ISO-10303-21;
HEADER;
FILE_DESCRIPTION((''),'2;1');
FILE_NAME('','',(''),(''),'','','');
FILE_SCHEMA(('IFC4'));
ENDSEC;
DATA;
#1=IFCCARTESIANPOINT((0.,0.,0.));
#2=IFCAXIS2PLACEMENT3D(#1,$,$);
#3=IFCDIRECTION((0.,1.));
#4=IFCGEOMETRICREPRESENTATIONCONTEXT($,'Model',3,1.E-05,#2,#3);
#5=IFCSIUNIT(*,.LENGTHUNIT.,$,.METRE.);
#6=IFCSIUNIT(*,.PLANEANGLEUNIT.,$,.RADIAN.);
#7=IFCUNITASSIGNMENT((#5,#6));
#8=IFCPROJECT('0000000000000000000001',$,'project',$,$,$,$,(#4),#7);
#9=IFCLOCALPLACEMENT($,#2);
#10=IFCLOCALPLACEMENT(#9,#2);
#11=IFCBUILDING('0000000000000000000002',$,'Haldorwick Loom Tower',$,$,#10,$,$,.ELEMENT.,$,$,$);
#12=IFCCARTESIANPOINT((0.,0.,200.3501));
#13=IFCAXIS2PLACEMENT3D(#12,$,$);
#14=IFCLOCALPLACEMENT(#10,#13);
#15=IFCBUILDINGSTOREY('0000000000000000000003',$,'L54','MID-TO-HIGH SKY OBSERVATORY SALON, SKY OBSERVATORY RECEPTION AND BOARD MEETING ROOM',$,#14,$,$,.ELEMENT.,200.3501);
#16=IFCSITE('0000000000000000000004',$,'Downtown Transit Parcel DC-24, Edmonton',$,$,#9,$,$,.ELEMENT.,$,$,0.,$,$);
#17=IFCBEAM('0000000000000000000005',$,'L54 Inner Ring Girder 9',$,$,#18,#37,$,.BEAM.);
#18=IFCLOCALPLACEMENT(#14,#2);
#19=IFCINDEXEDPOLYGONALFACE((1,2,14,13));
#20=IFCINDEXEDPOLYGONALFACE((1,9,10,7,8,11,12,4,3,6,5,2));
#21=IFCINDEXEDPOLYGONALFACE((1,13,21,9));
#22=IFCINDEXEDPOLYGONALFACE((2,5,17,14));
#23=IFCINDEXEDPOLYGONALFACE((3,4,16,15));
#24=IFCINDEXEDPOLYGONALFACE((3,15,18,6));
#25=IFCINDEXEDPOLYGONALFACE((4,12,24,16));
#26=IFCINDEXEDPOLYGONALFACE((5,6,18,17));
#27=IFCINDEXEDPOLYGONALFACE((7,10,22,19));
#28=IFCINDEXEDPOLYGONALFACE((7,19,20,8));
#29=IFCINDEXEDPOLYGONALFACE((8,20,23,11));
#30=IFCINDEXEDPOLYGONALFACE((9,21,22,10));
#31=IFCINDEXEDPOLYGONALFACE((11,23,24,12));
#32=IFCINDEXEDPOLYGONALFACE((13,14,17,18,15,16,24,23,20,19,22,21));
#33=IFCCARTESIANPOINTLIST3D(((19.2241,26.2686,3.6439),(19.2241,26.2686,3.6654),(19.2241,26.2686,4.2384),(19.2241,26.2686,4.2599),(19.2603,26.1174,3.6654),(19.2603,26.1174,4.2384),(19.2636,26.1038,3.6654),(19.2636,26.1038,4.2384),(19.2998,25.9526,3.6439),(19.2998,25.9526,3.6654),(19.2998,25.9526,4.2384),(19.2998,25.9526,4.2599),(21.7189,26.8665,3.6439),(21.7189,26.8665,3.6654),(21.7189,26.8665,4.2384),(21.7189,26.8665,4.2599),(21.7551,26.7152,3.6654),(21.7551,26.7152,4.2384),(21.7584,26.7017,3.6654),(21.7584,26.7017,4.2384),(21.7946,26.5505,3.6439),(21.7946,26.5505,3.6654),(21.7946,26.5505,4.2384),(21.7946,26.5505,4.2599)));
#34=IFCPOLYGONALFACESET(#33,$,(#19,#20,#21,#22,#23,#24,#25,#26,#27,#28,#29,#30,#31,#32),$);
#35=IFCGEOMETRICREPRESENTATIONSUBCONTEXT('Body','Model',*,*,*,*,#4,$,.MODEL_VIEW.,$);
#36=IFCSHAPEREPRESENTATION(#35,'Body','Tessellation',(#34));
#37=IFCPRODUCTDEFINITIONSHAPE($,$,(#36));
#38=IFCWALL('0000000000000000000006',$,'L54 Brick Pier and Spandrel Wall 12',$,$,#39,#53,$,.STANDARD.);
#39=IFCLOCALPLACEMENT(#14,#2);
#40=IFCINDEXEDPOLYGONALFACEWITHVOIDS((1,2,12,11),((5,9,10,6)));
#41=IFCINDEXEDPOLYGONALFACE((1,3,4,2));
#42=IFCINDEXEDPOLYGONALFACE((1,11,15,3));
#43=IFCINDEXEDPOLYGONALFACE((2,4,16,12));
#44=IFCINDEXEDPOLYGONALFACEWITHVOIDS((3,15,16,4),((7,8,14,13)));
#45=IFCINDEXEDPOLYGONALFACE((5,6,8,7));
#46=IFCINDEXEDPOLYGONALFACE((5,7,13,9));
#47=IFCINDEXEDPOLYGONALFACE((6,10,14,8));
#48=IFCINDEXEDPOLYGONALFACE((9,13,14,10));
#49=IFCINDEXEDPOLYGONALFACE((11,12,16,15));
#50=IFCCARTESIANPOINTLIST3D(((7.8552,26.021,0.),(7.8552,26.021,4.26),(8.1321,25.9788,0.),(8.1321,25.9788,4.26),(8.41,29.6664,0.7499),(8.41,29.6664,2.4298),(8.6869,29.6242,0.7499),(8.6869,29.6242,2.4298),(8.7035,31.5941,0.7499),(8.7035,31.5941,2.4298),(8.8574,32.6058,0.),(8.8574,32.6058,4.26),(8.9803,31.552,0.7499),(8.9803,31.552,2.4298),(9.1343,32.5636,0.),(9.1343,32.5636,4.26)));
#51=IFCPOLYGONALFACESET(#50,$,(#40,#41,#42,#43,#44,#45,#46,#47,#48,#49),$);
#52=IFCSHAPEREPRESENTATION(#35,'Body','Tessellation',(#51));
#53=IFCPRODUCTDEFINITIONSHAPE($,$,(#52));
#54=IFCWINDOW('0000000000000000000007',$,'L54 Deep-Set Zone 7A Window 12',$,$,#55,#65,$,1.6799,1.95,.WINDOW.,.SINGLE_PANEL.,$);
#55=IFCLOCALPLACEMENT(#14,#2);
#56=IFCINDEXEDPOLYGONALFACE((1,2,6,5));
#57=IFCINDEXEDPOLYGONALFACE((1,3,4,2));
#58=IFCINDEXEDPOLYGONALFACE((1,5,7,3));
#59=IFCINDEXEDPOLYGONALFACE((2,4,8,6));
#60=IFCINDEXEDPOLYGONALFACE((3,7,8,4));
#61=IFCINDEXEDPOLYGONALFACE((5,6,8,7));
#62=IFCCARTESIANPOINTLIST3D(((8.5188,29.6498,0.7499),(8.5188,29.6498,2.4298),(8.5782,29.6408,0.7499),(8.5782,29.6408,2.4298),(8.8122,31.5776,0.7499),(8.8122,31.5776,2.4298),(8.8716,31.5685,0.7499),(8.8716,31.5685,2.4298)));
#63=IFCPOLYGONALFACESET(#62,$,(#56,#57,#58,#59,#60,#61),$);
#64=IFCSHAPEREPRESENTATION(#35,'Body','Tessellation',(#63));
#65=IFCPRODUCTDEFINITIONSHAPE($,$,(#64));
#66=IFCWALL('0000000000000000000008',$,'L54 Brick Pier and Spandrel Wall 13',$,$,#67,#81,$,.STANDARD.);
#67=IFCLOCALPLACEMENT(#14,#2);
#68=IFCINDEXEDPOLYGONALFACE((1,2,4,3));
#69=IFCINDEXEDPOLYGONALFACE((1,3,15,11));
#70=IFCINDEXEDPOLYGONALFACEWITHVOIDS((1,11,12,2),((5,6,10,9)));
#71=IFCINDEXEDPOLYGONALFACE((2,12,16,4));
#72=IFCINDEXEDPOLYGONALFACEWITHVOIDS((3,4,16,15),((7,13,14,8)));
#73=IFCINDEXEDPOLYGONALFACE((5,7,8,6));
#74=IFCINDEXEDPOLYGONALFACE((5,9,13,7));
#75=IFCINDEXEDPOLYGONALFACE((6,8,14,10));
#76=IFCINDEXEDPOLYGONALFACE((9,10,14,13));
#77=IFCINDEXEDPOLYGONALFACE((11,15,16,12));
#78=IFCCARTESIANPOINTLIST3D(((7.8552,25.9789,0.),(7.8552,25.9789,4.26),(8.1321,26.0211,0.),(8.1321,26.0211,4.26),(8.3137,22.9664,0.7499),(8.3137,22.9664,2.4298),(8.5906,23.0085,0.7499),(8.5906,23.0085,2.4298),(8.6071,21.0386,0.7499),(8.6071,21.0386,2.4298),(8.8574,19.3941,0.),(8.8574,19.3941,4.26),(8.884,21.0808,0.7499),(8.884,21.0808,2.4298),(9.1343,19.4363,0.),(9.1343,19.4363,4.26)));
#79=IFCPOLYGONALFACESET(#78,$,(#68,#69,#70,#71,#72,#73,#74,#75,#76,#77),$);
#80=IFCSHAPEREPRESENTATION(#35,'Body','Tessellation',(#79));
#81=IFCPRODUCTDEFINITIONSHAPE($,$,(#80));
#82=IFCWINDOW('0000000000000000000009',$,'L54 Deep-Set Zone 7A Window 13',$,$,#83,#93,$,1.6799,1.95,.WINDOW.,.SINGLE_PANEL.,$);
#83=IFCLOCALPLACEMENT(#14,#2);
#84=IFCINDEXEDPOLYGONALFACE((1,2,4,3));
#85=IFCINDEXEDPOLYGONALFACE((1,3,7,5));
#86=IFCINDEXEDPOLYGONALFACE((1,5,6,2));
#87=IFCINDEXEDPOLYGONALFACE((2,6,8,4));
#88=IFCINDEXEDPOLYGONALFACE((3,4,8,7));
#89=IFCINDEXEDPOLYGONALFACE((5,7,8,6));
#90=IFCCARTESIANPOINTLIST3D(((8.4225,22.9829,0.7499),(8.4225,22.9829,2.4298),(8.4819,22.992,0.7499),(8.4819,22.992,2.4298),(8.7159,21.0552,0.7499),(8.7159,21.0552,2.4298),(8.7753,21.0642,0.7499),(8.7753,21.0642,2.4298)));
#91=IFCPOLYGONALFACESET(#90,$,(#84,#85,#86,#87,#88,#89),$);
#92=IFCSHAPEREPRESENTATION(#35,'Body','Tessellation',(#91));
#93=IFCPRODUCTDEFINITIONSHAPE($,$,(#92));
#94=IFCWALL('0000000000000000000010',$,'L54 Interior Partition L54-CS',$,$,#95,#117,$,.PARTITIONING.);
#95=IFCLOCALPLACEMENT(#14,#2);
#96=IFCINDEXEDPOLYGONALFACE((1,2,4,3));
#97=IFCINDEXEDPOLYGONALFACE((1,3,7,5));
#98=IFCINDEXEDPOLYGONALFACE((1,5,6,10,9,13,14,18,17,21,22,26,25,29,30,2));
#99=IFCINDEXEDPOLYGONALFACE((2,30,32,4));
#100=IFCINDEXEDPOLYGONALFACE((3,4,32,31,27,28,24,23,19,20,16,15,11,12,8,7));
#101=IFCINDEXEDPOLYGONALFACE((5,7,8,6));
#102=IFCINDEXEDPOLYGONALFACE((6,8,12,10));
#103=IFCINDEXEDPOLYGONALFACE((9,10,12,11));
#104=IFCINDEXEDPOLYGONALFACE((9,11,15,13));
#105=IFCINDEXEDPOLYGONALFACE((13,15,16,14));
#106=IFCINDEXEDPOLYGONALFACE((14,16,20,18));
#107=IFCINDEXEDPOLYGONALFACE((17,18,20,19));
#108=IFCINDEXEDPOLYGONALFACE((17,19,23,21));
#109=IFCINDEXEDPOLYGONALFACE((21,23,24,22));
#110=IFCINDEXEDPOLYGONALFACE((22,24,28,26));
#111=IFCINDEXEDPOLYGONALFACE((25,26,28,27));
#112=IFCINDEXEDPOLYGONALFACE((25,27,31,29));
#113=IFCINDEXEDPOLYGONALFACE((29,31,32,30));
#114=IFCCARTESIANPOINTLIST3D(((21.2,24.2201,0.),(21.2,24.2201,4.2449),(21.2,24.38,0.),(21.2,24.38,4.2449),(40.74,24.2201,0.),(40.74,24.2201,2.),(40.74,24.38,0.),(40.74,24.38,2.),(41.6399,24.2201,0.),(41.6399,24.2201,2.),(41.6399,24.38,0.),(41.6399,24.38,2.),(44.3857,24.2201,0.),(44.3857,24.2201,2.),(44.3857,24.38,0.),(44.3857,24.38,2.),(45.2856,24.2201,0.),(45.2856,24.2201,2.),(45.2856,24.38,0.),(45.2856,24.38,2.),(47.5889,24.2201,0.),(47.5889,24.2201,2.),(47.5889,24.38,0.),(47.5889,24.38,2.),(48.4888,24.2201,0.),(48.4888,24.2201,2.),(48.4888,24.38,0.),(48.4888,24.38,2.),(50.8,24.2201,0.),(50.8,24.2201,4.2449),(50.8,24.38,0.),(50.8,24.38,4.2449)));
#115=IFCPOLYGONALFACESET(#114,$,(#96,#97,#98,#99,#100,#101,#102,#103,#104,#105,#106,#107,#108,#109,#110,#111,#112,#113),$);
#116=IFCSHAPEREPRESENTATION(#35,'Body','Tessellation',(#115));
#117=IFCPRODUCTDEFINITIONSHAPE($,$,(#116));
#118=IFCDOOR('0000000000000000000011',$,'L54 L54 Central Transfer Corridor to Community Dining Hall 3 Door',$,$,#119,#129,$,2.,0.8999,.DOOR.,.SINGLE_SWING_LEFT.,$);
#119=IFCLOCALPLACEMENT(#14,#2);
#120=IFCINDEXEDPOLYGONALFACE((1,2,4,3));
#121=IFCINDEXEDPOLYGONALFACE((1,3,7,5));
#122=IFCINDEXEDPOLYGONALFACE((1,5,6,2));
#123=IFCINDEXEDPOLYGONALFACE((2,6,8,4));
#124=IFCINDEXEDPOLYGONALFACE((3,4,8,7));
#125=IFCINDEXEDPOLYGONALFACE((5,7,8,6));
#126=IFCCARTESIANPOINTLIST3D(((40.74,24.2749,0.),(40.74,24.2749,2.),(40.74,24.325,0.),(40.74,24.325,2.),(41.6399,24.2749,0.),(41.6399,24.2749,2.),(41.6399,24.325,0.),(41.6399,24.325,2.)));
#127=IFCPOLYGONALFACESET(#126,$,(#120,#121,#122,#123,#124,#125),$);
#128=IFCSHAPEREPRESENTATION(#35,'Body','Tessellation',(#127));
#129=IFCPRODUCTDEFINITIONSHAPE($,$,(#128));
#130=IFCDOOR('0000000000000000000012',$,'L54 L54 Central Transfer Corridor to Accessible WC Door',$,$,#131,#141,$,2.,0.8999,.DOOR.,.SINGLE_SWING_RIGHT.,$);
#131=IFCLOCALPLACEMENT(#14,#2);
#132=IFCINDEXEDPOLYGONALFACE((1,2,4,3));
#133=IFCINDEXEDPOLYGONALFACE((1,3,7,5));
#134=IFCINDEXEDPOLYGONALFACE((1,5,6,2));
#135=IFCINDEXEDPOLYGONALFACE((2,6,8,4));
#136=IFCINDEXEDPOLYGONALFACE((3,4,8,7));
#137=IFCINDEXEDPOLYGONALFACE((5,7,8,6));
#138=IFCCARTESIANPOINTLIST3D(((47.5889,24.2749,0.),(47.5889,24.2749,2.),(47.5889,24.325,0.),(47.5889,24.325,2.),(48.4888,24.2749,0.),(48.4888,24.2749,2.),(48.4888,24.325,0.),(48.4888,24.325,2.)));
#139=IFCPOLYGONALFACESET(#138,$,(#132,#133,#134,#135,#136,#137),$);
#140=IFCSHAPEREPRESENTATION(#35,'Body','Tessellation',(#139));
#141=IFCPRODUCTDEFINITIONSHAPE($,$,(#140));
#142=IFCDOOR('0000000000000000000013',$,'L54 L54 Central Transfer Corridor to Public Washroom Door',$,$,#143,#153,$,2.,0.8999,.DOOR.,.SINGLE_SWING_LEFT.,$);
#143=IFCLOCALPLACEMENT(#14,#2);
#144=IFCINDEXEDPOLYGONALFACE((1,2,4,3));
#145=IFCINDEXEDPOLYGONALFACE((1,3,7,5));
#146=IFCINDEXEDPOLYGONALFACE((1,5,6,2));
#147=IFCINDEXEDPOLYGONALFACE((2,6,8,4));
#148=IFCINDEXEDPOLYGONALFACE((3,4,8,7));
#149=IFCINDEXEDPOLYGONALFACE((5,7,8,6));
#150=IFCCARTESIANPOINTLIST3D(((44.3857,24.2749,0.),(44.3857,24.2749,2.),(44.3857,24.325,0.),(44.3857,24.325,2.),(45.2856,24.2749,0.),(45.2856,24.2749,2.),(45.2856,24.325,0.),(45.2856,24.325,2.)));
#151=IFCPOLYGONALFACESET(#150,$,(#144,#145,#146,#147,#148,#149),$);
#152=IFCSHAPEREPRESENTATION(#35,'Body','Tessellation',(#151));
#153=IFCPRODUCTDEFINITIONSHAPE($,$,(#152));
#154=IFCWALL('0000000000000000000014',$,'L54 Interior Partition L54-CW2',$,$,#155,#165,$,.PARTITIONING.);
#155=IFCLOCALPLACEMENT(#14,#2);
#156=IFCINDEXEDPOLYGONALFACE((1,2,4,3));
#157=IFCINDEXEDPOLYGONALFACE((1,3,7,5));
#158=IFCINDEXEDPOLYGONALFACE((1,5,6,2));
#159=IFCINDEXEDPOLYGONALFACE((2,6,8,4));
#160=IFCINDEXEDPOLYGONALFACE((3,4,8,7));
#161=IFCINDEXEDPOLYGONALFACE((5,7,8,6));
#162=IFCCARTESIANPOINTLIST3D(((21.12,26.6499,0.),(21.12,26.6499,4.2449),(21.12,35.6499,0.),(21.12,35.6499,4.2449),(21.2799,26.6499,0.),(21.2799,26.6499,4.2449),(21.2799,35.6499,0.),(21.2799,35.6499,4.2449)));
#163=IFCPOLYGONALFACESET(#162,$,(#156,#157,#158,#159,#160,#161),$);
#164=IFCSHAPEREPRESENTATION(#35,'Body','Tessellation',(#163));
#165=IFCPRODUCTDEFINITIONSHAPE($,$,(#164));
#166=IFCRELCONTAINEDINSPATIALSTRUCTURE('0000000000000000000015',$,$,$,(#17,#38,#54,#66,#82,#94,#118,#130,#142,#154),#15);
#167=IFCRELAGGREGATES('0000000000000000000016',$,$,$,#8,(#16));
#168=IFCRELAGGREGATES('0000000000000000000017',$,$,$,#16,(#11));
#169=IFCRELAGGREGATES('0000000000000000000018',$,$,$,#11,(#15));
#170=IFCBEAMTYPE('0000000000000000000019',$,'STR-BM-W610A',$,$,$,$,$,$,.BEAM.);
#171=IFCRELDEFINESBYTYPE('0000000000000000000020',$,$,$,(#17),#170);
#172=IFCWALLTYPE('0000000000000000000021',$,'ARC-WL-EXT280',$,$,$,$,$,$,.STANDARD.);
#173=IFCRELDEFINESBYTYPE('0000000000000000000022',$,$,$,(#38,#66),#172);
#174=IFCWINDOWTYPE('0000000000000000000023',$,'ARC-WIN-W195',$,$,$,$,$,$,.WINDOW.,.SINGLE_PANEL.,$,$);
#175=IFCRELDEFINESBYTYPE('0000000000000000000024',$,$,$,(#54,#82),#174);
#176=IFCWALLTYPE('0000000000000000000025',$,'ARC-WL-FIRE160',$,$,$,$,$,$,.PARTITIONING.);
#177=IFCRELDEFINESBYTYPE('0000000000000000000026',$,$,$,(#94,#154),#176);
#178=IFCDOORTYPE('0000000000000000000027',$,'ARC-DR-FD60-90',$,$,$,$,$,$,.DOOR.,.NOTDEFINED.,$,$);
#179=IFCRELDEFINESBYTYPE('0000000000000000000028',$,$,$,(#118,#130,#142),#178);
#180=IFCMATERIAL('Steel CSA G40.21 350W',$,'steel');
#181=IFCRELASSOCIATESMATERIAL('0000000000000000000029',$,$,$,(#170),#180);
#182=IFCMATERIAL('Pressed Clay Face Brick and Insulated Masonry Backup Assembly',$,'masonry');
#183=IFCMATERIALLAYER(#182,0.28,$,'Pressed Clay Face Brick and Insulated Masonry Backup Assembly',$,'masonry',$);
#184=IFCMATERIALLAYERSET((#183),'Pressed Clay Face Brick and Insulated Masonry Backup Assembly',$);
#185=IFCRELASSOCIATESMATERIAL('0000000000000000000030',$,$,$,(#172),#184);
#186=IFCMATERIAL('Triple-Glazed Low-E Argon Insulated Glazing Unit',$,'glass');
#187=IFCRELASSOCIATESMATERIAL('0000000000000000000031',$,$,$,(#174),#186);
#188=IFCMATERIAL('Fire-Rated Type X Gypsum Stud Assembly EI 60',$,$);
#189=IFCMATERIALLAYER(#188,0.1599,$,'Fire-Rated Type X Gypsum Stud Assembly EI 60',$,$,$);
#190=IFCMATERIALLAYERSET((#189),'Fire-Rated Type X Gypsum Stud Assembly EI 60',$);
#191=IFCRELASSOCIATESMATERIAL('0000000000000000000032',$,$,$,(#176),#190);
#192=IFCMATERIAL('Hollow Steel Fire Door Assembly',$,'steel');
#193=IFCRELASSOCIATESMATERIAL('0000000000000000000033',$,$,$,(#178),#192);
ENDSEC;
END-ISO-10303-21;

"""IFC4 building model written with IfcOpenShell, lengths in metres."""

from ifc_helpers import new_model, si_unit, direction, frame, frame_2d, origin, origin_2d, place, context, subcontext, project, spatial, rectangle, i_section, extrude, material, layer, layer_set, material_profile, profile_set, type_object, element, fill, save


model = new_model("IFC4")

# Units and contexts
model_context = context("Model", 3, precision=1e-05, world=origin(), true_north=direction((0.0, 1.0)))
body_context = subcontext(model_context, "Body", "Model", "MODEL_VIEW")
ifc_project = project(units=[si_unit("LENGTHUNIT", "METRE"), si_unit("PLANEANGLEUNIT", "RADIAN")], contexts=[model_context])

# Site, building, storey
site_placement = place(None, origin())
site = spatial("IfcSite", under=ifc_project, at=site_placement, Name="Downtown Transit Parcel DC-24, Edmonton", CompositionType="ELEMENT", RefElevation=0.0)
building_placement = place(site_placement, origin())
building = spatial("IfcBuilding", under=site, at=building_placement, Name="Haldorwick Loom Tower", CompositionType="ELEMENT")
storey_placement = place(building_placement, frame((0.0, 0.0, 200.3501)))
storey = spatial("IfcBuildingStorey", under=building, at=storey_placement, Name="L54", Description="MID-TO-HIGH SKY OBSERVATORY SALON, SKY OBSERVATORY RECEPTION AND BOARD MEETING ROOM", CompositionType="ELEMENT", Elevation=200.3501)

# Beam
ifc_material_1 = material(Name="Steel CSA G40.21 350W", Category="steel")
ifc_material_profile_1 = material_profile(ifc_material_1, i_section(OverallWidth=0.325, OverallDepth=0.616, WebThickness=0.0139, FlangeThickness=0.0215, at=origin_2d()), Name="W610X174", Category="steel")
ifc_profile_set_1 = profile_set([ifc_material_profile_1], Name="Steel CSA G40.21 350W")
beam_type_1 = type_object("IfcBeamType", Name="STR-BM-W610A", PredefinedType="BEAM", material=ifc_profile_set_1)
beam_1_placement = place(storey_placement, frame((19.262, 26.1106, 3.9519), z_axis=(0.972464, 0.233053, 0.0), x_axis=(-0.233053, 0.972464, 0.0)))
element("IfcBeam", 1, at=beam_1_placement, inside=storey, type_object=beam_type_1, Name="L54 Inner Ring Girder 9", PredefinedType="BEAM", context=body_context, shape_type="SweptSolid", body=[
    extrude(i_section(OverallWidth=0.325, OverallDepth=0.616, WebThickness=0.0139, FlangeThickness=0.0215, at=origin_2d()), origin(), (0.0, 0.0, 1.0), 2.5654),
])

# Walls, openings, windows
ifc_material_2 = material(Name="Pressed Clay Face Brick and Insulated Masonry Backup Assembly", Category="masonry")
ifc_layer_1 = layer(ifc_material_2, 0.28, Name="Pressed Clay Face Brick and Insulated Masonry Backup Assembly", Category="masonry")
ifc_layer_set_1 = layer_set([ifc_layer_1], Name="Pressed Clay Face Brick and Insulated Masonry Backup Assembly")
wall_type_1 = type_object("IfcWallType", Name="ARC-WL-EXT280", PredefinedType="STANDARD", material=ifc_layer_set_1)
wall_1_placement = place(storey_placement, frame((8.9958, 32.5847, 0.0), z_axis=(0.0, 0.0, 1.0), x_axis=(-0.150468, -0.988615, 0.0)))
wall_1 = element("IfcWall", 2, at=wall_1_placement, inside=storey, type_object=wall_type_1, Name="L54 Brick Pier and Spandrel Wall 12", PredefinedType="STANDARD", context=body_context, shape_type="SweptSolid", body=[
    extrude(rectangle(XDim=6.6606, YDim=0.28, at=frame_2d((3.3303, 0.0))), origin(), (0.0, 0.0, 1.0), 4.26),
])
opening_1_placement = place(wall_1_placement, frame((1.0232, 0.0, 0.75)))
opening_1 = element("IfcOpeningElement", 3, at=opening_1_placement, cuts=wall_1, PredefinedType="OPENING", context=body_context, shape_type="SweptSolid", body=[
    extrude(rectangle(XDim=1.95, YDim=1.6799, at=frame_2d((0.9751, 0.8398))), frame((0.0, 0.1499, 0.0), z_axis=(0.0, -1.0, 0.0), x_axis=(1.0, 0.0, 0.0)), (0.0, 0.0, 1.0), 0.3),
])
ifc_material_3 = material(Name="Triple-Glazed Low-E Argon Insulated Glazing Unit", Category="glass")
window_type = type_object("IfcWindowType", Name="ARC-WIN-W195", PartitioningType="SINGLE_PANEL", PredefinedType="WINDOW", material=ifc_material_3)
window_1_placement = place(opening_1_placement, origin())
window_1 = element("IfcWindow", 4, at=window_1_placement, inside=storey, type_object=window_type, Name="L54 Deep-Set Zone 7A Window 12", OverallHeight=1.6799, OverallWidth=1.95, PartitioningType="SINGLE_PANEL", PredefinedType="WINDOW", context=body_context, shape_type="SweptSolid", body=[
    extrude(rectangle(XDim=1.95, YDim=1.6799, at=frame_2d((0.9751, 0.8398))), frame((0.0, 0.03, 0.0), z_axis=(0.0, -1.0, 0.0), x_axis=(1.0, 0.0, 0.0)), (0.0, 0.0, 1.0), 0.0601),
])
fill(opening_1, window_1)
wall_2_placement = place(storey_placement, frame((7.9937, 26.0, 0.0), z_axis=(0.0, 0.0, 1.0), x_axis=(0.150468, -0.988615, 0.0)))
wall_2 = element("IfcWall", 5, at=wall_2_placement, inside=storey, type_object=wall_type_1, Name="L54 Brick Pier and Spandrel Wall 13", PredefinedType="STANDARD", context=body_context, shape_type="SweptSolid", body=[
    extrude(rectangle(XDim=6.6606, YDim=0.28, at=frame_2d((3.3303, 0.0))), origin(), (0.0, 0.0, 1.0), 4.26),
])
opening_2_placement = place(wall_2_placement, frame((3.0471, 0.0, 0.75)))
opening_2 = element("IfcOpeningElement", 6, at=opening_2_placement, cuts=wall_2, PredefinedType="OPENING", context=body_context, shape_type="SweptSolid", body=[
    extrude(rectangle(XDim=1.95, YDim=1.6799, at=frame_2d((0.9751, 0.8398))), frame((0.0, 0.1499, 0.0), z_axis=(0.0, -1.0, 0.0), x_axis=(1.0, 0.0, 0.0)), (0.0, 0.0, 1.0), 0.3),
])
window_2_placement = place(opening_2_placement, origin())
window_2 = element("IfcWindow", 7, at=window_2_placement, inside=storey, type_object=window_type, Name="L54 Deep-Set Zone 7A Window 13", OverallHeight=1.6799, OverallWidth=1.95, PartitioningType="SINGLE_PANEL", PredefinedType="WINDOW", context=body_context, shape_type="SweptSolid", body=[
    extrude(rectangle(XDim=1.95, YDim=1.6799, at=frame_2d((0.9751, 0.8398))), frame((0.0, 0.03, 0.0), z_axis=(0.0, -1.0, 0.0), x_axis=(1.0, 0.0, 0.0)), (0.0, 0.0, 1.0), 0.0601),
])
fill(opening_2, window_2)

# Wall, openings, doors
ifc_material_4 = material(Name="Fire-Rated Type X Gypsum Stud Assembly EI 60")
ifc_layer_2 = layer(ifc_material_4, 0.1599, Name="Fire-Rated Type X Gypsum Stud Assembly EI 60")
ifc_layer_set_2 = layer_set([ifc_layer_2], Name="Fire-Rated Type X Gypsum Stud Assembly EI 60")
wall_type_2 = type_object("IfcWallType", Name="ARC-WL-FIRE160", PredefinedType="PARTITIONING", material=ifc_layer_set_2)
wall_3_placement = place(storey_placement, frame((21.2, 24.3, 0.0), z_axis=(0.0, 0.0, 1.0), x_axis=(1.0, 0.0, 0.0)))
wall_3 = element("IfcWall", 8, at=wall_3_placement, inside=storey, type_object=wall_type_2, Name="L54 Interior Partition L54-CS", PredefinedType="PARTITIONING", context=body_context, shape_type="SweptSolid", body=[
    extrude(rectangle(XDim=29.6001, YDim=0.1599, at=frame_2d((14.8, 0.0))), origin(), (0.0, 0.0, 1.0), 4.2449),
])
opening_3_placement = place(wall_3_placement, frame((19.54, 0.0, 0.0)))
opening_3 = element("IfcOpeningElement", 9, at=opening_3_placement, cuts=wall_3, PredefinedType="OPENING", context=body_context, shape_type="SweptSolid", body=[
    extrude(rectangle(XDim=0.8999, YDim=2.0, at=frame_2d((0.45, 1.0))), frame((0.0, 0.0898, 0.0), z_axis=(0.0, -1.0, 0.0), x_axis=(1.0, 0.0, 0.0)), (0.0, 0.0, 1.0), 0.1799),
])
opening_4_placement = place(wall_3_placement, frame((26.3889, 0.0, 0.0)))
opening_4 = element("IfcOpeningElement", 10, at=opening_4_placement, cuts=wall_3, PredefinedType="OPENING", context=body_context, shape_type="SweptSolid", body=[
    extrude(rectangle(XDim=0.8999, YDim=2.0, at=frame_2d((0.45, 1.0))), frame((0.0, 0.0898, 0.0), z_axis=(0.0, -1.0, 0.0), x_axis=(1.0, 0.0, 0.0)), (0.0, 0.0, 1.0), 0.1799),
])
opening_5_placement = place(wall_3_placement, frame((23.1858, 0.0, 0.0)))
opening_5 = element("IfcOpeningElement", 11, at=opening_5_placement, cuts=wall_3, PredefinedType="OPENING", context=body_context, shape_type="SweptSolid", body=[
    extrude(rectangle(XDim=0.8999, YDim=2.0, at=frame_2d((0.45, 1.0))), frame((0.0, 0.0898, 0.0), z_axis=(0.0, -1.0, 0.0), x_axis=(1.0, 0.0, 0.0)), (0.0, 0.0, 1.0), 0.1799),
])
ifc_material_5 = material(Name="Hollow Steel Fire Door Assembly", Category="steel")
door_type_1 = type_object("IfcDoorType", Name="ARC-DR-FD60-90", OperationType="NOTDEFINED", PredefinedType="DOOR", material=ifc_material_5)
door_1_placement = place(opening_3_placement, origin())
door_1 = element("IfcDoor", 12, at=door_1_placement, inside=storey, type_object=door_type_1, Name="L54 L54 Central Transfer Corridor to Community Dining Hall 3 Door", OperationType="SINGLE_SWING_LEFT", OverallHeight=2.0, OverallWidth=0.8999, PredefinedType="DOOR", context=body_context, shape_type="SweptSolid", body=[
    extrude(rectangle(XDim=0.8999, YDim=2.0, at=frame_2d((0.45, 1.0))), frame((0.0, 0.0249, 0.0), z_axis=(0.0, -1.0, 0.0), x_axis=(1.0, 0.0, 0.0)), (0.0, 0.0, 1.0), 0.05),
])
fill(opening_3, door_1)
door_2_placement = place(opening_4_placement, origin())
door_2 = element("IfcDoor", 13, at=door_2_placement, inside=storey, type_object=door_type_1, Name="L54 L54 Central Transfer Corridor to Accessible WC Door", OperationType="SINGLE_SWING_RIGHT", OverallHeight=2.0, OverallWidth=0.8999, PredefinedType="DOOR", context=body_context, shape_type="SweptSolid", body=[
    extrude(rectangle(XDim=0.8999, YDim=2.0, at=frame_2d((0.45, 1.0))), frame((0.0, 0.0249, 0.0), z_axis=(0.0, -1.0, 0.0), x_axis=(1.0, 0.0, 0.0)), (0.0, 0.0, 1.0), 0.05),
])
fill(opening_4, door_2)
door_3_placement = place(opening_5_placement, origin())
door_3 = element("IfcDoor", 14, at=door_3_placement, inside=storey, type_object=door_type_1, Name="L54 L54 Central Transfer Corridor to Public Washroom Door", OperationType="SINGLE_SWING_LEFT", OverallHeight=2.0, OverallWidth=0.8999, PredefinedType="DOOR", context=body_context, shape_type="SweptSolid", body=[
    extrude(rectangle(XDim=0.8999, YDim=2.0, at=frame_2d((0.45, 1.0))), frame((0.0, 0.0249, 0.0), z_axis=(0.0, -1.0, 0.0), x_axis=(1.0, 0.0, 0.0)), (0.0, 0.0, 1.0), 0.05),
])
fill(opening_5, door_3)

# Wall
wall_4_placement = place(storey_placement, frame((21.2, 26.6499, 0.0), z_axis=(0.0, 0.0, 1.0), x_axis=(0.0, 1.0, 0.0)))
element("IfcWall", 15, at=wall_4_placement, inside=storey, type_object=wall_type_2, Name="L54 Interior Partition L54-CW2", PredefinedType="PARTITIONING", context=body_context, shape_type="SweptSolid", body=[
    extrude(rectangle(XDim=9.0, YDim=0.1599, at=frame_2d((4.5, 0.0))), origin(), (0.0, 0.0, 1.0), 4.2449),
])

save(model, "model.ifc")
